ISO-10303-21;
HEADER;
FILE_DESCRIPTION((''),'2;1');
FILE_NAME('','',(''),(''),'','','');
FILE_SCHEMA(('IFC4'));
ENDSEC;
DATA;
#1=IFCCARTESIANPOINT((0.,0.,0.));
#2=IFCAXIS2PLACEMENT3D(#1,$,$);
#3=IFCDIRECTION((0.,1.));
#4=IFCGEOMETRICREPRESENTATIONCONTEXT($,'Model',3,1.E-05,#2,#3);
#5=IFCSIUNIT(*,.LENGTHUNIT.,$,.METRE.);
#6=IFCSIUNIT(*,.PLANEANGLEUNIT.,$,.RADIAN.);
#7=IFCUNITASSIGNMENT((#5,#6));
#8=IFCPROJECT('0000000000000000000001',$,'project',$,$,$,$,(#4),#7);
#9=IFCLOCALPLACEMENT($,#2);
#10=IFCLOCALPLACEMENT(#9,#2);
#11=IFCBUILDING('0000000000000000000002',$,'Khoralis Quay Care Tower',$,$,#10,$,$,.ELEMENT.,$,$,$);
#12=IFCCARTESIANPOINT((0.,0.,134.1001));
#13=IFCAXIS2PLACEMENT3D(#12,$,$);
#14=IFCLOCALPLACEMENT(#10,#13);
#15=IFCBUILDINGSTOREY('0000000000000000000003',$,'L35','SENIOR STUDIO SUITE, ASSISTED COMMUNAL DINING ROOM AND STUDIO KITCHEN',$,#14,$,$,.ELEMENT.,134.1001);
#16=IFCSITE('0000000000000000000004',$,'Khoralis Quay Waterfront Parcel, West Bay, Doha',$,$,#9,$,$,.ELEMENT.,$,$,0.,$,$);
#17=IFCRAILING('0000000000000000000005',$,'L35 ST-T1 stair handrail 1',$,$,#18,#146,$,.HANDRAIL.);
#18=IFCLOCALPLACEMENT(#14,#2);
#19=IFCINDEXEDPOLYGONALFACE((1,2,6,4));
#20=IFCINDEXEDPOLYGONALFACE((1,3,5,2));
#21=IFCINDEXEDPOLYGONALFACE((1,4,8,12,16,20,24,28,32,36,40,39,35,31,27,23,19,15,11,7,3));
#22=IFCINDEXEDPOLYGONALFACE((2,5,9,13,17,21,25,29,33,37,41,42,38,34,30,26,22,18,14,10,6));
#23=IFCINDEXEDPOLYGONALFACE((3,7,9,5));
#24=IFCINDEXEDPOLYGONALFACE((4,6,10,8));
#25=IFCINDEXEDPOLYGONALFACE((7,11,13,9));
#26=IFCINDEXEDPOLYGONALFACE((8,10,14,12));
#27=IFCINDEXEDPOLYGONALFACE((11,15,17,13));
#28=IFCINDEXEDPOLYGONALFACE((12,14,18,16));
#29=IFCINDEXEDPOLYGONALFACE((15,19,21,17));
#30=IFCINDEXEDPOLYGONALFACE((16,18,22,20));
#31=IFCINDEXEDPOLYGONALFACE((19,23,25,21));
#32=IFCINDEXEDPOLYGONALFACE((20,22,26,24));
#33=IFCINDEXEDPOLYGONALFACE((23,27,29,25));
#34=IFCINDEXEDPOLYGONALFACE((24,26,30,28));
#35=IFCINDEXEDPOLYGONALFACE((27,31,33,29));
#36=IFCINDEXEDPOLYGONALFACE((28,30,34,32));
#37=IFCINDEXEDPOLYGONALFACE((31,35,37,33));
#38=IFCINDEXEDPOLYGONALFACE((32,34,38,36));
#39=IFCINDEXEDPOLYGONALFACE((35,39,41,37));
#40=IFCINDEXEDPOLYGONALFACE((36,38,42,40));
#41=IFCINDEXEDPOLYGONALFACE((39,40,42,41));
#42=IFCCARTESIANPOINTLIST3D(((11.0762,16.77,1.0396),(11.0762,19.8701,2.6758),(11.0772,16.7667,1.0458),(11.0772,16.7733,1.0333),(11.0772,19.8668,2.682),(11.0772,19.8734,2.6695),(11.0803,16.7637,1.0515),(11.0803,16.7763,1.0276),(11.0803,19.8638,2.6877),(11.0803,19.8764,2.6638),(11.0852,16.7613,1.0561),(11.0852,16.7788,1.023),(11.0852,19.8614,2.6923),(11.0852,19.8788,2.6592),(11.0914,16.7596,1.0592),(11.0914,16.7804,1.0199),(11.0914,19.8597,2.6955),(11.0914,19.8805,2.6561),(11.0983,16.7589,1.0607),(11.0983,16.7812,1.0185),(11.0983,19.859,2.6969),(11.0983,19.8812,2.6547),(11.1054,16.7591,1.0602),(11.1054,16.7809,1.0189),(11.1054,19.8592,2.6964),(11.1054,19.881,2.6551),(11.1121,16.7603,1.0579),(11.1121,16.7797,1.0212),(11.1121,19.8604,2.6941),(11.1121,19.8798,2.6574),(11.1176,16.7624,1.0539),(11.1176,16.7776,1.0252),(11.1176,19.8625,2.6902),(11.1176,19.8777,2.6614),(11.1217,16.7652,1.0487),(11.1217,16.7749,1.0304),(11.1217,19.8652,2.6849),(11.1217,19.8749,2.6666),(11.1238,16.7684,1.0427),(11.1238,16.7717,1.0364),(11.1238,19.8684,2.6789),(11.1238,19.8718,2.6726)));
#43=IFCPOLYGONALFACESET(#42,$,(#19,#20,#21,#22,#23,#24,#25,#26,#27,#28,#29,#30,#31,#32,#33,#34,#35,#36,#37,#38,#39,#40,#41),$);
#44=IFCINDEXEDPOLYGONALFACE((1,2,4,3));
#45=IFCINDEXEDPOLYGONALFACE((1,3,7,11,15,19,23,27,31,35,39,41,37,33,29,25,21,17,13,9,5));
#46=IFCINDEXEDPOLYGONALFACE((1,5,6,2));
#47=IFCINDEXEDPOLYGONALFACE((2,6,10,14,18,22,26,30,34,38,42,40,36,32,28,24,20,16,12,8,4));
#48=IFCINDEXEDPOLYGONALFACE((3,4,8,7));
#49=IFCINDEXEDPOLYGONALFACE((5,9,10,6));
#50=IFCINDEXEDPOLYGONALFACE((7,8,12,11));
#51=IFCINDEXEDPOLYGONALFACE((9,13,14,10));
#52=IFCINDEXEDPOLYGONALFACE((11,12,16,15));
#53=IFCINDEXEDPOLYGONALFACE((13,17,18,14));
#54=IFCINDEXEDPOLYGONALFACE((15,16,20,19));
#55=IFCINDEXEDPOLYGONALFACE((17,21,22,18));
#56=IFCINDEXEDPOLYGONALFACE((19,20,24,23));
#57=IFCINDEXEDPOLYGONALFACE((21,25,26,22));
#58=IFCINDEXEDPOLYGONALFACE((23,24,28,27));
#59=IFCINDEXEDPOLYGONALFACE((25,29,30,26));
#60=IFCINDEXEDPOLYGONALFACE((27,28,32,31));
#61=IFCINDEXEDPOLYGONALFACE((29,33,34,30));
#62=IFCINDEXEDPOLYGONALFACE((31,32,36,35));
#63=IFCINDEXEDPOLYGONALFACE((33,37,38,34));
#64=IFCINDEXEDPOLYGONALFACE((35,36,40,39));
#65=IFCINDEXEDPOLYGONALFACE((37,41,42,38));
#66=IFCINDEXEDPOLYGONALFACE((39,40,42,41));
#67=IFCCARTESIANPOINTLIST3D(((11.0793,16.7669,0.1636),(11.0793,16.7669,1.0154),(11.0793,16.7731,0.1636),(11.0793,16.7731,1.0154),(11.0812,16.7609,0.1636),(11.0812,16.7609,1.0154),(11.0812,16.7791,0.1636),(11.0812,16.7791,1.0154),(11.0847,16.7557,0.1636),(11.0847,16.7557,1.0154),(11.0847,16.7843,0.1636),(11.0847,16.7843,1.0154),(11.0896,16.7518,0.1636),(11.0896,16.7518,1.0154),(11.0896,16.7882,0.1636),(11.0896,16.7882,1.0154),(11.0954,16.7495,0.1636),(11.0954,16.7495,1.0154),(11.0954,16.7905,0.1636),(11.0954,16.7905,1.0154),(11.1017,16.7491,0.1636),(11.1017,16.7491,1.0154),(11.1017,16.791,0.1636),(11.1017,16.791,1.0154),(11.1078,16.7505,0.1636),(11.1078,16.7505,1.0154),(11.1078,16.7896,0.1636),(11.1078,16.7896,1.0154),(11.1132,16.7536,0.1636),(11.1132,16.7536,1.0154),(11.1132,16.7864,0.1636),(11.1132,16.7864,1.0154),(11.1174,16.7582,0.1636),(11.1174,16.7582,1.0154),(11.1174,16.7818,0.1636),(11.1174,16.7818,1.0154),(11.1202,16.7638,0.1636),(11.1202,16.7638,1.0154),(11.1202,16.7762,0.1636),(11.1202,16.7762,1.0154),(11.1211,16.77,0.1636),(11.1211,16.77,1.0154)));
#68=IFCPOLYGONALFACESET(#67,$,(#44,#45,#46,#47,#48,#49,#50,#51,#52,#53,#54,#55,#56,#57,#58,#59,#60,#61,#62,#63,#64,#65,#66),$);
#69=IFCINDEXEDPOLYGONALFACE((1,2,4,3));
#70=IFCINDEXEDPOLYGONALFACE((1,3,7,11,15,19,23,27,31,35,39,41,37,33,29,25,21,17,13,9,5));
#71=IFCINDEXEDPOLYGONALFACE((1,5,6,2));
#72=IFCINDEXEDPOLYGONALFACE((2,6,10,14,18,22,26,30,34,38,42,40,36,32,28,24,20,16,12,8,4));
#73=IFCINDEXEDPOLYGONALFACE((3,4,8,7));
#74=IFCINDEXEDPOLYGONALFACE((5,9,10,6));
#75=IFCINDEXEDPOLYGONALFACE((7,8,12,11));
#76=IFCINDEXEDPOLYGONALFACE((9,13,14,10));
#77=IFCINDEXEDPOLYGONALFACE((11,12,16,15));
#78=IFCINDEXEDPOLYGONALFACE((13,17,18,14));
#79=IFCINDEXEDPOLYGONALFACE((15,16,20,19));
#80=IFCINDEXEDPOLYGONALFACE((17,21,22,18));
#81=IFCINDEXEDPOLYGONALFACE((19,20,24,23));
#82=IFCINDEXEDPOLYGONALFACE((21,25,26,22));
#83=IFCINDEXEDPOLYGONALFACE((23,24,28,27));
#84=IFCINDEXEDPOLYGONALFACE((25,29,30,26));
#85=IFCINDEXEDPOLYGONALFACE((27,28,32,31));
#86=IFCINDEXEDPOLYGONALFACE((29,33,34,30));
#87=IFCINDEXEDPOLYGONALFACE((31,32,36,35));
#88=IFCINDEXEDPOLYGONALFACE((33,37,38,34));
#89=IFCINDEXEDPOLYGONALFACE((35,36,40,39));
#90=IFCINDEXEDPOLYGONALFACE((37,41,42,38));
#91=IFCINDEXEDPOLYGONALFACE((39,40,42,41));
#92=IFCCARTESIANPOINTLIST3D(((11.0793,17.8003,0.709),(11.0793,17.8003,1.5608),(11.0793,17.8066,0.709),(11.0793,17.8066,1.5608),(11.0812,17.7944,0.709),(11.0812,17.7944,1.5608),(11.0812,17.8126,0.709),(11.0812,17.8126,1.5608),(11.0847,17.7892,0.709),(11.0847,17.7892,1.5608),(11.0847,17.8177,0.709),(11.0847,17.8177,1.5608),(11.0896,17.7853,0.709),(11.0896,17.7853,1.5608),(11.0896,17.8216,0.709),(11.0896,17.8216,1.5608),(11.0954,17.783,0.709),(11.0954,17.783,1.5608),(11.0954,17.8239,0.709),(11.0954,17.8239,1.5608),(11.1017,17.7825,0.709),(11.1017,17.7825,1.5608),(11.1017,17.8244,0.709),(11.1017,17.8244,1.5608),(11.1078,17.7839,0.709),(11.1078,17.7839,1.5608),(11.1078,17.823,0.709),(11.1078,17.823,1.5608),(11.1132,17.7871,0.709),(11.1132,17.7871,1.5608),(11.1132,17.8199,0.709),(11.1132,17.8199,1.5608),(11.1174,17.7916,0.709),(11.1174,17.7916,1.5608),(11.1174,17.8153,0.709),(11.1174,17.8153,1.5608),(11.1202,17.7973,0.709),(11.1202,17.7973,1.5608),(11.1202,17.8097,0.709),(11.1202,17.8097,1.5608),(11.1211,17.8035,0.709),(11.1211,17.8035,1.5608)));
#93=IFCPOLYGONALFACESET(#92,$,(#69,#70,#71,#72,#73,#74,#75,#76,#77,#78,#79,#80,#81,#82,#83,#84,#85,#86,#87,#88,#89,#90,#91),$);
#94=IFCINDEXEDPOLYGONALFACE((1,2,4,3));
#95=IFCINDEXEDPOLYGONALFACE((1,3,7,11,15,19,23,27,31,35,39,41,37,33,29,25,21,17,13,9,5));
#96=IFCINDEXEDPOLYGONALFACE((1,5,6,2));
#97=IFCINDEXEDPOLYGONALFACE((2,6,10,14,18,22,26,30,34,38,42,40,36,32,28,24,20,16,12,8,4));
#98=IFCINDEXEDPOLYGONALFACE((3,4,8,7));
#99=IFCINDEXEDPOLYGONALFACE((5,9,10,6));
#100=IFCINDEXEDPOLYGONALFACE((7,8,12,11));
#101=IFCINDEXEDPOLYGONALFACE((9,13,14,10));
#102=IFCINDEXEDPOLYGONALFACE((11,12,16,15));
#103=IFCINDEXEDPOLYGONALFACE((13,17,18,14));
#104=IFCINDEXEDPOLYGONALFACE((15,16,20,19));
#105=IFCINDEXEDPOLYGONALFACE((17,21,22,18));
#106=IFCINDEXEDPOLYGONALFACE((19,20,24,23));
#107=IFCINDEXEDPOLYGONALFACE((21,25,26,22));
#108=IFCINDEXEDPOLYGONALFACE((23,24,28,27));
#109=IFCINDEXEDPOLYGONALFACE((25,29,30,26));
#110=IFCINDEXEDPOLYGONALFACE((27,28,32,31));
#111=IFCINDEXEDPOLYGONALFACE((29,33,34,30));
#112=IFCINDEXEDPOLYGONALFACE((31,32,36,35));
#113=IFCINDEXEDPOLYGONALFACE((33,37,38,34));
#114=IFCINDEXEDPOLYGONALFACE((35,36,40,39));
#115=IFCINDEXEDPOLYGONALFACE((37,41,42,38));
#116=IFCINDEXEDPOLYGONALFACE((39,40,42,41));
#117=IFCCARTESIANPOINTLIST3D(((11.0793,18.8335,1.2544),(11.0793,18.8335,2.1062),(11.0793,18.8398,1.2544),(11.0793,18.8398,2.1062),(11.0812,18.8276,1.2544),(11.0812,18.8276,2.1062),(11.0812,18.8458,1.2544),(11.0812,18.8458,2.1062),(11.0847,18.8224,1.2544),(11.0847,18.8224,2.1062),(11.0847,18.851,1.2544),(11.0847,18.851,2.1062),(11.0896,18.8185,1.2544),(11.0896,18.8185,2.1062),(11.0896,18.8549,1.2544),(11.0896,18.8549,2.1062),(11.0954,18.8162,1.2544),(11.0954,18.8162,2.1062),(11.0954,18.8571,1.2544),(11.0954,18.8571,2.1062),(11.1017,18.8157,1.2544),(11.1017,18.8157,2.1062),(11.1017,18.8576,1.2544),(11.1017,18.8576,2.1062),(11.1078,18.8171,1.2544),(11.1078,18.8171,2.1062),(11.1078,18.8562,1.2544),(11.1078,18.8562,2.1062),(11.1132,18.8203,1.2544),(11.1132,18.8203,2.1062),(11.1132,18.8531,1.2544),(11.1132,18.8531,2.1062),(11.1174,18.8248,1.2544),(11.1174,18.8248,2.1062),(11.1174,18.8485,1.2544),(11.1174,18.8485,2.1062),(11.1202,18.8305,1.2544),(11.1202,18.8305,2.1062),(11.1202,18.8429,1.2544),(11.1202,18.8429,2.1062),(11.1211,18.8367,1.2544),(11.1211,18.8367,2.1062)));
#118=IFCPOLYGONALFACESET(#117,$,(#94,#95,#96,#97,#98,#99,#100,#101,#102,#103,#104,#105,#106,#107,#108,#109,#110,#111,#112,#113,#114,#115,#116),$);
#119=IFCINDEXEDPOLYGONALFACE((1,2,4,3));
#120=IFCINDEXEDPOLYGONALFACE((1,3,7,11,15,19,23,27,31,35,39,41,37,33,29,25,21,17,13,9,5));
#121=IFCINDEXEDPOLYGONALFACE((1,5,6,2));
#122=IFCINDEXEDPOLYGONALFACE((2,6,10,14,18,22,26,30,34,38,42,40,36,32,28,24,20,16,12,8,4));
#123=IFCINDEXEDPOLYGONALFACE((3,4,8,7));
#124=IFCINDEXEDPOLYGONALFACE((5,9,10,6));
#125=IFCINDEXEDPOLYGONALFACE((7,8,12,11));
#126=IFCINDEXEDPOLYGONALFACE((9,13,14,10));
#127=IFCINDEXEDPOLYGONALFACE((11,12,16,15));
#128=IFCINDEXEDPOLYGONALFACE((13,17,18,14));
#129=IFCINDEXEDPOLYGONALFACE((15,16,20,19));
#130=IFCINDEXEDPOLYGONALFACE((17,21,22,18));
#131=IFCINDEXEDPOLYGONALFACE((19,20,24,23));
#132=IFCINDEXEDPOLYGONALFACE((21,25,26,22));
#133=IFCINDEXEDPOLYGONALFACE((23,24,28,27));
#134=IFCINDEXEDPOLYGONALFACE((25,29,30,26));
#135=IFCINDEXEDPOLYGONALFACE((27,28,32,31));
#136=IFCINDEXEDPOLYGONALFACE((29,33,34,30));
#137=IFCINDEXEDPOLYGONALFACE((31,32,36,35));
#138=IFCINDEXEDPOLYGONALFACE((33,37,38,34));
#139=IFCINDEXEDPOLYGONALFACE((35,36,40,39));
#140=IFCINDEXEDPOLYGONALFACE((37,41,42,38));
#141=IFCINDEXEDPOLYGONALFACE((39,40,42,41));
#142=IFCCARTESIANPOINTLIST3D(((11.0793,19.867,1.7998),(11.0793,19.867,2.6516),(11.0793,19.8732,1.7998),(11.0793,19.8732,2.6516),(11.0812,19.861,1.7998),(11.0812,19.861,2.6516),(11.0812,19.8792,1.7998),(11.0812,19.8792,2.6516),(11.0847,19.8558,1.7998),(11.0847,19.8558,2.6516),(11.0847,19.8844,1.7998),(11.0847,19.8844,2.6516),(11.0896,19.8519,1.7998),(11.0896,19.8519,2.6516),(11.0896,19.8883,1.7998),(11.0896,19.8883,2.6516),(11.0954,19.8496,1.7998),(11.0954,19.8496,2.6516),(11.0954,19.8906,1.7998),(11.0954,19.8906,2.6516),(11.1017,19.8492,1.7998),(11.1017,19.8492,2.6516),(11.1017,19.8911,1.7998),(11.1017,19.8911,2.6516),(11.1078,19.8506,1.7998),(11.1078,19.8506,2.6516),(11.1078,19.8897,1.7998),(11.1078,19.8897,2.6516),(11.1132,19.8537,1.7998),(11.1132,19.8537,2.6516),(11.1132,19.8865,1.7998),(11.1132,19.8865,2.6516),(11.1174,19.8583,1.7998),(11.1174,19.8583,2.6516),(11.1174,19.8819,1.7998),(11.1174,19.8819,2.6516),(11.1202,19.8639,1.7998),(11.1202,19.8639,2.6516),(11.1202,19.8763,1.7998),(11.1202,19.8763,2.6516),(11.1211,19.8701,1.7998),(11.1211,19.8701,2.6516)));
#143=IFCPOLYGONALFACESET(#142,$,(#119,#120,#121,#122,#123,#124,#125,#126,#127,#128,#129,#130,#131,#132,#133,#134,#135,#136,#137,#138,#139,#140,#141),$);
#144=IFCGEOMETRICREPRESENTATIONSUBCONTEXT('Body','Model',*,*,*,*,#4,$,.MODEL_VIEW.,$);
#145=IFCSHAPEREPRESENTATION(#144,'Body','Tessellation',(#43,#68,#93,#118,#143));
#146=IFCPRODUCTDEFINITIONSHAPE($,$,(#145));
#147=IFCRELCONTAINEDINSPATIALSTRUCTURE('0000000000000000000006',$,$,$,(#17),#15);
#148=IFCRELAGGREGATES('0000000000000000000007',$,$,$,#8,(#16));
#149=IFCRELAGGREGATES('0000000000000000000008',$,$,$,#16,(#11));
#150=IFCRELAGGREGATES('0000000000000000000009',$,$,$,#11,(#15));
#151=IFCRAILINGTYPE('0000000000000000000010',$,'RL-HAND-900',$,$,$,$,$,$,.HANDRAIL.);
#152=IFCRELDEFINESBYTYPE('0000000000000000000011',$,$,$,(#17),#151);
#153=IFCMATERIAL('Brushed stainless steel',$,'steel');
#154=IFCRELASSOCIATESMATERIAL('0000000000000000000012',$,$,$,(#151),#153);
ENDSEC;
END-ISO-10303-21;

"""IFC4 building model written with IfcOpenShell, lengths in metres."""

from ifc_helpers import new_model, si_unit, direction, frame, origin, origin_2d, place, context, subcontext, project, spatial, circle, extrude, material, type_object, element, save


model = new_model("IFC4")

# Units and contexts
model_context = context("Model", 3, precision=1e-05, world=origin(), true_north=direction((0.0, 1.0)))
body_context = subcontext(model_context, "Body", "Model", "MODEL_VIEW")
ifc_project = project(units=[si_unit("LENGTHUNIT", "METRE"), si_unit("PLANEANGLEUNIT", "RADIAN")], contexts=[model_context])

# Site, building, storey
site_placement = place(None, origin())
site = spatial("IfcSite", under=ifc_project, at=site_placement, Name="Khoralis Quay Waterfront Parcel, West Bay, Doha", CompositionType="ELEMENT", RefElevation=0.0)
building_placement = place(site_placement, origin())
building = spatial("IfcBuilding", under=site, at=building_placement, Name="Khoralis Quay Care Tower", CompositionType="ELEMENT")
storey_placement = place(building_placement, frame((0.0, 0.0, 134.1001)))
storey = spatial("IfcBuildingStorey", under=building, at=storey_placement, Name="L35", Description="SENIOR STUDIO SUITE, ASSISTED COMMUNAL DINING ROOM AND STUDIO KITCHEN", CompositionType="ELEMENT", Elevation=134.1001)

# Shared definitions
ifc_material_1 = material(Name="Brushed stainless steel", Category="steel")

# Railing
railing_type_1 = type_object("IfcRailingType", Name="RL-HAND-900", PredefinedType="HANDRAIL", material=ifc_material_1)
railing_1_placement = place(storey_placement, frame((11.1001, 16.77, 0.1636)))
element("IfcRailing", 1, at=railing_1_placement, inside=storey, type_object=railing_type_1, Name="L35 ST-T1 stair handrail 1", PredefinedType="HANDRAIL", context=body_context, shape_type="SweptSolid", body=[
    extrude(circle(Radius=0.0239, at=origin_2d()), frame((0.0, 0.0, 0.876), z_axis=(0.0, 0.884377, 0.466774), x_axis=(-1.0, 0.0, 0.0)), (0.0, 0.0, 1.0), 3.5054),
    extrude(circle(Radius=0.021, at=origin_2d()), origin(), (0.0, 0.0, 1.0), 0.8518),
    extrude(circle(Radius=0.021, at=origin_2d()), frame((0.0, 1.0334, 0.5454)), (0.0, 0.0, 1.0), 0.8518),
    extrude(circle(Radius=0.021, at=origin_2d()), frame((0.0, 2.0667, 1.0908)), (0.0, 0.0, 1.0), 0.8518),
    extrude(circle(Radius=0.021, at=origin_2d()), frame((0.0, 3.1001, 1.6362)), (0.0, 0.0, 1.0), 0.8518),
])

save(model, "model.ifc")
